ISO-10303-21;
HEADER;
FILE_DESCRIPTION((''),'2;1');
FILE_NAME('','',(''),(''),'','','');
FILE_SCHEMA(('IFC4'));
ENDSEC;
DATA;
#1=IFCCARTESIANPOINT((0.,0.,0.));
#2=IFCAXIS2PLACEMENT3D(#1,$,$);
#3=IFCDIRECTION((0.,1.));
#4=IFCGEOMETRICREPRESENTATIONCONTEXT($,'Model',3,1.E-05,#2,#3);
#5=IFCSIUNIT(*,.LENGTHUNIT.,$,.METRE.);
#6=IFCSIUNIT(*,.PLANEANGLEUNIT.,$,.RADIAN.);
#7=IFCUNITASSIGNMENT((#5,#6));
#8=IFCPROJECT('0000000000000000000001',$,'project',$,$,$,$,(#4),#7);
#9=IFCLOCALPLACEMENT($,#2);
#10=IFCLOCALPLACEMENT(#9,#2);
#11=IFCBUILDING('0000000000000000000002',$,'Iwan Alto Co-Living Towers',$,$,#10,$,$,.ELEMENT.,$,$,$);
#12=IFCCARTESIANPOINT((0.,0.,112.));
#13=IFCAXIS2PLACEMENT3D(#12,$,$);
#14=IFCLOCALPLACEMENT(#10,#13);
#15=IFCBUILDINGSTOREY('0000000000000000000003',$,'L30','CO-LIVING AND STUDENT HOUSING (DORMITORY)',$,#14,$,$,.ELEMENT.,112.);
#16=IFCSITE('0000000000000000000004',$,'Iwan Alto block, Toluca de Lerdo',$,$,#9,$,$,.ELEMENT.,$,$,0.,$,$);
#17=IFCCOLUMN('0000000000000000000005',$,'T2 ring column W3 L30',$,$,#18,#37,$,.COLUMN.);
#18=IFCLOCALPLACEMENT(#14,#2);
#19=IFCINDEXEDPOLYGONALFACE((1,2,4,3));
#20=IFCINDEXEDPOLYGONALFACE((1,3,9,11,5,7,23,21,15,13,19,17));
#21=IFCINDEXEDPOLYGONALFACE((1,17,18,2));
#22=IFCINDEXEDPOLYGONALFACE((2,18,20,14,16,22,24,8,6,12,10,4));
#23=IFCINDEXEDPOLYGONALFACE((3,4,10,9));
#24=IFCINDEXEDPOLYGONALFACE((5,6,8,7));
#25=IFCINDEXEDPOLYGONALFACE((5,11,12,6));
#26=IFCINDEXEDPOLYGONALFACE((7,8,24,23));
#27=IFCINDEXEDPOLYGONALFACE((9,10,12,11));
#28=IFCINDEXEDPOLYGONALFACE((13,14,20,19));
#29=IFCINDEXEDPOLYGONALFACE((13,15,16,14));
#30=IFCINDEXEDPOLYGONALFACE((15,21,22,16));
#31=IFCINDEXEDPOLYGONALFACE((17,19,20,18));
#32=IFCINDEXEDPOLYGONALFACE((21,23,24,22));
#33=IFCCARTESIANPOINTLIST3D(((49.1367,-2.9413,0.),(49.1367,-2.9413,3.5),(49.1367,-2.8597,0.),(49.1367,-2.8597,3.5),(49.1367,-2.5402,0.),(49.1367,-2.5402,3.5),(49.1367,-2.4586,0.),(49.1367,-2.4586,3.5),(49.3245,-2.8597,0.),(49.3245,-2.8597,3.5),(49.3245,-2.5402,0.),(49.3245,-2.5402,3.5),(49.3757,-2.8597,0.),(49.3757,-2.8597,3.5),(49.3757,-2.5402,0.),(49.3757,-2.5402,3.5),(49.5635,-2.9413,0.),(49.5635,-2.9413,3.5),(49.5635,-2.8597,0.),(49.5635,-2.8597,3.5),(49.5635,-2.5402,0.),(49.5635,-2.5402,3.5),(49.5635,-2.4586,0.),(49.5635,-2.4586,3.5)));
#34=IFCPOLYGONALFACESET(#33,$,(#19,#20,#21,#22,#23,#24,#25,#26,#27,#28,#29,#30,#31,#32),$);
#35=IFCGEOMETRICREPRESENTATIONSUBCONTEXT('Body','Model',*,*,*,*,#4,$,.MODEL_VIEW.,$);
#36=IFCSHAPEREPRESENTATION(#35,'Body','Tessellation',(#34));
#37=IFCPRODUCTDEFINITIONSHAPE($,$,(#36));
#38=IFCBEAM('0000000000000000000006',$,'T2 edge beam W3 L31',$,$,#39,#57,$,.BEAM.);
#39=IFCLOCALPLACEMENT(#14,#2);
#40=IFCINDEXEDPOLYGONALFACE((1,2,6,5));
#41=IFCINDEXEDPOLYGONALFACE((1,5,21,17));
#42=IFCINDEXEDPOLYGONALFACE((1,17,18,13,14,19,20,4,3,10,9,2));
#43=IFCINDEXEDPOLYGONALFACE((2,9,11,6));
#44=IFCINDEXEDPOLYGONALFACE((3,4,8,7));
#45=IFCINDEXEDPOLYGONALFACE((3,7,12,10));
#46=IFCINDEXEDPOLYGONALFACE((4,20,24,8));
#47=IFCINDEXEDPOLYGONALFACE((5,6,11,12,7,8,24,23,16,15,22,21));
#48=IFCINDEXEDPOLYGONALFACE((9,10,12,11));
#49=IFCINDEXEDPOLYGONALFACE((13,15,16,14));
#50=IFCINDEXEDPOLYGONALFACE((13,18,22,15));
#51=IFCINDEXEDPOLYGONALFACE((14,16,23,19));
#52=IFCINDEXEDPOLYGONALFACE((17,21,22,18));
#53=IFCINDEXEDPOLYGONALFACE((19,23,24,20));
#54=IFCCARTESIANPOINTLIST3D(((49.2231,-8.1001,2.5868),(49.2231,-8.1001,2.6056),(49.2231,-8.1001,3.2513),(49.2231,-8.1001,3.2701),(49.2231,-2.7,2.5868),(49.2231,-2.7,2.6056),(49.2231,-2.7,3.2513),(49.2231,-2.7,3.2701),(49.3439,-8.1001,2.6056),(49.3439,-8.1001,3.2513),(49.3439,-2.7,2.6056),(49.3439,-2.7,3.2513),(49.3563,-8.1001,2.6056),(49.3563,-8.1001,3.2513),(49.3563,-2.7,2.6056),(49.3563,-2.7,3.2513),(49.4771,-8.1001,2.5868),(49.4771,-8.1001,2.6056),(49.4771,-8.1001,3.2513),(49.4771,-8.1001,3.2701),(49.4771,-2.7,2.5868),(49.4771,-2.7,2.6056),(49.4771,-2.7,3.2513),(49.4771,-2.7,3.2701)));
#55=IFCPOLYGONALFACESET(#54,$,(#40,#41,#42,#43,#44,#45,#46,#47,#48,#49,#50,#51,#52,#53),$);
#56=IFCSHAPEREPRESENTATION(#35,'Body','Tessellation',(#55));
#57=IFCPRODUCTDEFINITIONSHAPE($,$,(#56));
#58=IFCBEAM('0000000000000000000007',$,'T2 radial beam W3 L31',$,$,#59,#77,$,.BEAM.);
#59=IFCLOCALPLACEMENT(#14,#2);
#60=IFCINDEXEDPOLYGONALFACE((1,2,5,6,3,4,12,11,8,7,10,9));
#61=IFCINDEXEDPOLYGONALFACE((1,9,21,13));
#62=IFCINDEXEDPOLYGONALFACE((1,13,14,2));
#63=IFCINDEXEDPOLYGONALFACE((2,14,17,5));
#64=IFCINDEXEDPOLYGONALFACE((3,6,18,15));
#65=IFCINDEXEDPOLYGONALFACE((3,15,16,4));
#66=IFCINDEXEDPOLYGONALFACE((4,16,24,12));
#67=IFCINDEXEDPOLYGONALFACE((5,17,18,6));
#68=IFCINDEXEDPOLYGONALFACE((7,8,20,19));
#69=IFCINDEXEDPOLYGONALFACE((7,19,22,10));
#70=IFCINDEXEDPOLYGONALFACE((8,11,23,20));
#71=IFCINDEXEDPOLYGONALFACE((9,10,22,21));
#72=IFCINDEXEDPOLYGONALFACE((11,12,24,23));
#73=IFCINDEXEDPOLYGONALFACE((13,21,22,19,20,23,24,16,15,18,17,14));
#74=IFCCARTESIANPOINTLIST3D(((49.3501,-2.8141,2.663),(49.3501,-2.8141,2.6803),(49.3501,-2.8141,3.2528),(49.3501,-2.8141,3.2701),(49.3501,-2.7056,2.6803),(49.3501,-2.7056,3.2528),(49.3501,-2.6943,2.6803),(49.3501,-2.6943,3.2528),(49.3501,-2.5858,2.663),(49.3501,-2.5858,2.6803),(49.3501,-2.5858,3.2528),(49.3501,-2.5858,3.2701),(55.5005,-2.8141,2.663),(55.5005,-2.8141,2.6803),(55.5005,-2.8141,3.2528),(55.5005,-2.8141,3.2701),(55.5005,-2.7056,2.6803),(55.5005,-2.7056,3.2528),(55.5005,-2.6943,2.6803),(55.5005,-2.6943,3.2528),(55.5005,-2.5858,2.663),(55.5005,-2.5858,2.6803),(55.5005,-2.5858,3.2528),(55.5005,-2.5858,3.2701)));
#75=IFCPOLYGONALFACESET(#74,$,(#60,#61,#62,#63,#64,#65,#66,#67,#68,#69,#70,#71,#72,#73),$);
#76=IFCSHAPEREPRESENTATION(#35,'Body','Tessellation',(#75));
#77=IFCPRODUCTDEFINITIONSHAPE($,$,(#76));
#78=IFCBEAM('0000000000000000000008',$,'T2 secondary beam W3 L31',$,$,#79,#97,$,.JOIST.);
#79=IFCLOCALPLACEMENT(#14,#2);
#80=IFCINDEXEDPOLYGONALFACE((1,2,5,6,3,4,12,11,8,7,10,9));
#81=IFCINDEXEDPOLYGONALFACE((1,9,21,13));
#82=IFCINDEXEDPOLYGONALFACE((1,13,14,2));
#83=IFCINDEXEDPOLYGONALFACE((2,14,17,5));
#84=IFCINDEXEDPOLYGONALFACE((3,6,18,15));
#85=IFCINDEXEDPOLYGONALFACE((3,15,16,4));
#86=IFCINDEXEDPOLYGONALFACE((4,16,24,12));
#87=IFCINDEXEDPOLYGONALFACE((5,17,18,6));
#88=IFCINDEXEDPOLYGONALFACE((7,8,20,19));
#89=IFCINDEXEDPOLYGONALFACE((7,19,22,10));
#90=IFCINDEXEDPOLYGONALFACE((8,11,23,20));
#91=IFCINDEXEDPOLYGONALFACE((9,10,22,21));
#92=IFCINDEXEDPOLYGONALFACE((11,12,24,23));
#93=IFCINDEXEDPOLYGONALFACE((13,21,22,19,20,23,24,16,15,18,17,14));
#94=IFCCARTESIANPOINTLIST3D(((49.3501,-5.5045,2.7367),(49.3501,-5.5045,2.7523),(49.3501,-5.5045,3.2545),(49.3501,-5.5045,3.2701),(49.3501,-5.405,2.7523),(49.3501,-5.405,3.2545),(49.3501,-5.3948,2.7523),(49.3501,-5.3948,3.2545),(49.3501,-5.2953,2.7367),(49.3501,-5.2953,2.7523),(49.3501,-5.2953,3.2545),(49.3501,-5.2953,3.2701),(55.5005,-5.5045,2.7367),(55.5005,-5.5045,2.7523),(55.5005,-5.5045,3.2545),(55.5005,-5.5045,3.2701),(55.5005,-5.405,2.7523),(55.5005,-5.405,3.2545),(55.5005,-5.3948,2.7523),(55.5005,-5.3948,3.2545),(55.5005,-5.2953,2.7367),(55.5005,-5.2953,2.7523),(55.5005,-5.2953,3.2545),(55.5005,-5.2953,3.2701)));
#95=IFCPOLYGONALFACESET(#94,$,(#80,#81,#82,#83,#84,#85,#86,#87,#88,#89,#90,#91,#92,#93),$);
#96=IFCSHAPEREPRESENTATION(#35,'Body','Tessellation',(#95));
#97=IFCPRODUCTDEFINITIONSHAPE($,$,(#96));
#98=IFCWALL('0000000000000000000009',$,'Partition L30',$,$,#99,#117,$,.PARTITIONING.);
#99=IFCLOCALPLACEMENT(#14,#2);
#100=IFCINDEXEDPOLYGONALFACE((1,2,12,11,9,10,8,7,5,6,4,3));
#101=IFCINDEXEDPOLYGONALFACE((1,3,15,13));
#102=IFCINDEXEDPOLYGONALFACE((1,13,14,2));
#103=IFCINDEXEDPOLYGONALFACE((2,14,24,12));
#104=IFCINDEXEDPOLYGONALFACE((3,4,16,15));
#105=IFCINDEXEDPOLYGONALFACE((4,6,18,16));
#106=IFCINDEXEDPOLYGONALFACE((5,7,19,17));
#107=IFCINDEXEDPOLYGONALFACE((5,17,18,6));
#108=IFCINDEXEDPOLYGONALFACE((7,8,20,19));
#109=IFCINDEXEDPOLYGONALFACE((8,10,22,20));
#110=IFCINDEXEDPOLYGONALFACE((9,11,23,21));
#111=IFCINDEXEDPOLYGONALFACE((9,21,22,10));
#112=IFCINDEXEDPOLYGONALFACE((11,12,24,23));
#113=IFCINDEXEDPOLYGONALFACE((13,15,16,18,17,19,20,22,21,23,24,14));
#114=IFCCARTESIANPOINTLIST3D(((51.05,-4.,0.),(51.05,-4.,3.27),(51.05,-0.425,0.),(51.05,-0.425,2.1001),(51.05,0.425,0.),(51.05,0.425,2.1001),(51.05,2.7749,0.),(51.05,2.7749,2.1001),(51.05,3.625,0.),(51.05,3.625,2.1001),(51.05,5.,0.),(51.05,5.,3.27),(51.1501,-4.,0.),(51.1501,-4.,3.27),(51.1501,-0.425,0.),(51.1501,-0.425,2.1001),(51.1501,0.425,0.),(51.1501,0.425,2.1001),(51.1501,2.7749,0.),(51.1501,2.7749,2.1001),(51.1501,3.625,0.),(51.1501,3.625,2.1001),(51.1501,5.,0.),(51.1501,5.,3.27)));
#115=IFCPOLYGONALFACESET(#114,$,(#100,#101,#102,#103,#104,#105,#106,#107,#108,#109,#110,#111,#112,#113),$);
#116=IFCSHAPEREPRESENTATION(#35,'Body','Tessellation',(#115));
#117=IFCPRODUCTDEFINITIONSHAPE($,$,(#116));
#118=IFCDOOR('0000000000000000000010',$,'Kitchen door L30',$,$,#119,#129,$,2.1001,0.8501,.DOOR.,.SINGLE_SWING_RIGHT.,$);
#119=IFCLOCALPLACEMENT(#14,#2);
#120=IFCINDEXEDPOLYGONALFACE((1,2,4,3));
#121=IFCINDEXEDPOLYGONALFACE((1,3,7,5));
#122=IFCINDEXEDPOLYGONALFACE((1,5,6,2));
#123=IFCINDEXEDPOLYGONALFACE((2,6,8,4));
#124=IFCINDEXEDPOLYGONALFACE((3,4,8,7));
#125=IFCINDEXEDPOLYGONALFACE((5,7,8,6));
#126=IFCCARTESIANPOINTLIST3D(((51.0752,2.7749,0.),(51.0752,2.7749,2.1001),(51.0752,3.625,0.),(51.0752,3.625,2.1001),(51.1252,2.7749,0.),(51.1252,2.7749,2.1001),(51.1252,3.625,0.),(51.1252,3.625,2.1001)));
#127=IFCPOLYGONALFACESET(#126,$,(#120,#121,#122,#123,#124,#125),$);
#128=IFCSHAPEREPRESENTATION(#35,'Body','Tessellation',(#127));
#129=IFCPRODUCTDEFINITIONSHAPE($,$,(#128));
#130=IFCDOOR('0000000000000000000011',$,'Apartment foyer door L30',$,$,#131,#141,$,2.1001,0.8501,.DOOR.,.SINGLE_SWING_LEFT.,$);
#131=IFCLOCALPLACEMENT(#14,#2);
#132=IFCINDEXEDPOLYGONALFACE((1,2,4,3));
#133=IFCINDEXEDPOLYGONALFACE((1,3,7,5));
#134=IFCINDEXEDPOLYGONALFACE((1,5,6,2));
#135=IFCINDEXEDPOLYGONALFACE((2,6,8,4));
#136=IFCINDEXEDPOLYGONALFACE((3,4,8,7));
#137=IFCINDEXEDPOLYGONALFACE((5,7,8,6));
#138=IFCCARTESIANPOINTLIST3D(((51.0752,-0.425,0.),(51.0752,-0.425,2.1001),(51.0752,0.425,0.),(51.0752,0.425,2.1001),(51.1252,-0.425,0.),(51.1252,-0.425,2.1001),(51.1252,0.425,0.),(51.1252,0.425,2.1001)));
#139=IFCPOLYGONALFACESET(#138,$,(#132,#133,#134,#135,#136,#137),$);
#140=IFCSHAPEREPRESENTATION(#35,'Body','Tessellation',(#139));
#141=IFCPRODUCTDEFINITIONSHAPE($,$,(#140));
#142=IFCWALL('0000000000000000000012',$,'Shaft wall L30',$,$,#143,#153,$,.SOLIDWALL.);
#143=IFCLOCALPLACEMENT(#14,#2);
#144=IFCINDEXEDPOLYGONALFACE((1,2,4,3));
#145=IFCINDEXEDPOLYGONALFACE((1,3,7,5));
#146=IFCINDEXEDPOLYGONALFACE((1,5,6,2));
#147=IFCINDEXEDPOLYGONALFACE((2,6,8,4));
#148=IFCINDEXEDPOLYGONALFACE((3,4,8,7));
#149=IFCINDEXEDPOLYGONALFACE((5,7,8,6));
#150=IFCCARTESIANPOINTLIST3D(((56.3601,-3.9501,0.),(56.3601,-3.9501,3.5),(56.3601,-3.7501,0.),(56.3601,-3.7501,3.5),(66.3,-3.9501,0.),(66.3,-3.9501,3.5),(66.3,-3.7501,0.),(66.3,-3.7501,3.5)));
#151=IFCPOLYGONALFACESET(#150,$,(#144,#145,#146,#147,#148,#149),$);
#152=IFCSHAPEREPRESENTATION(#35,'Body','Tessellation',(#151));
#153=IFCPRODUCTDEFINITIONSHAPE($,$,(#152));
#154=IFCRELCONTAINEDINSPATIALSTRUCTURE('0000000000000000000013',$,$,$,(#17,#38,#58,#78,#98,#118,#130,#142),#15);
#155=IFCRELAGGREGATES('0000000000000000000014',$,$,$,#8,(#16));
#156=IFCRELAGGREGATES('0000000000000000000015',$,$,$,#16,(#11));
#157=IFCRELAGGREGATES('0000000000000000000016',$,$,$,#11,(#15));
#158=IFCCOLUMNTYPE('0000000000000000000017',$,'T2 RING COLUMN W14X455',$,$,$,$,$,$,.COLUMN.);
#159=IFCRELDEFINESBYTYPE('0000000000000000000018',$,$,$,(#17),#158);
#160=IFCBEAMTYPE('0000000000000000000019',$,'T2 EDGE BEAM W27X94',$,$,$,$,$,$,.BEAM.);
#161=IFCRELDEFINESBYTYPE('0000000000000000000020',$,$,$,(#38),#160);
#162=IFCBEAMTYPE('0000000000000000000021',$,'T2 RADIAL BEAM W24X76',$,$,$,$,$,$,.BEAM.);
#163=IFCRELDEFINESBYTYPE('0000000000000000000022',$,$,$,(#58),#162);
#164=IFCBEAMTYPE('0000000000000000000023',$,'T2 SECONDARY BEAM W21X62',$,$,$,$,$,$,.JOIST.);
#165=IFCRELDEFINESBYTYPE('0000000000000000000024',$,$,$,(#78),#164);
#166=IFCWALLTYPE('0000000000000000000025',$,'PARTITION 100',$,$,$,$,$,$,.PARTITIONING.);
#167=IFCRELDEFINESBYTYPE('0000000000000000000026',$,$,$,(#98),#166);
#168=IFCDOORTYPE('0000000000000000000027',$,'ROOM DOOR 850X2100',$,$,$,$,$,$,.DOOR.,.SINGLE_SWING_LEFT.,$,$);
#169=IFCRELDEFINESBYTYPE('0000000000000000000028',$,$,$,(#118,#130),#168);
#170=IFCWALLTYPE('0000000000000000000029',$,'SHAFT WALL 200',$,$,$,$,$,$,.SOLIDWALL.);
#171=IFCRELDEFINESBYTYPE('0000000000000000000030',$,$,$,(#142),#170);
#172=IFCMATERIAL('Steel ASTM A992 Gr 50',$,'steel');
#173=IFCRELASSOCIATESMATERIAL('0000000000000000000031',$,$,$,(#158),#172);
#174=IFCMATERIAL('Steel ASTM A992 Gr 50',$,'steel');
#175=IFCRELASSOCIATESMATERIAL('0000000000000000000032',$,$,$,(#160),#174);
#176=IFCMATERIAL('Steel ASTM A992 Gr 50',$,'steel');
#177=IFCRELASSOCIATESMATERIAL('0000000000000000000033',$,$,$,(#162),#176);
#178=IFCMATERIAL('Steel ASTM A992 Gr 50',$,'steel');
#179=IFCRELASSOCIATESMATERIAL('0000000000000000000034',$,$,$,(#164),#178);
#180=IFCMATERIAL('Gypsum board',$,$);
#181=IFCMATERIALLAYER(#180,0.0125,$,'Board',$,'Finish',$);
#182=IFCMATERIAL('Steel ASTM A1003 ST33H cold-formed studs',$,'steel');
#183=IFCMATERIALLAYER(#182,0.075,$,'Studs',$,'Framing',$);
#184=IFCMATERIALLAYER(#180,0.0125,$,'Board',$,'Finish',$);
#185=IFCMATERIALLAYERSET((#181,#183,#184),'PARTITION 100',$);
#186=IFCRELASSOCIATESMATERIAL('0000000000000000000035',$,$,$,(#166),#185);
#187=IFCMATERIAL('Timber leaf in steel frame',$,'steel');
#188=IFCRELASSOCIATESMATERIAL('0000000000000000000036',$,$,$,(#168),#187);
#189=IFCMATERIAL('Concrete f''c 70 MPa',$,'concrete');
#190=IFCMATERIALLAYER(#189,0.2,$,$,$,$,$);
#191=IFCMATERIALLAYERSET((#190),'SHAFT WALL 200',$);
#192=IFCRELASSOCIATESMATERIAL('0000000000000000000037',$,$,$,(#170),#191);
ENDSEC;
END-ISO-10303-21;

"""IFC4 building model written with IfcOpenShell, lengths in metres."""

from ifc_helpers import new_model, si_unit, direction, frame, frame_2d, origin, origin_2d, place, context, subcontext, project, spatial, rectangle, i_section, extrude, material, layer, layer_set, material_profile, profile_set, type_object, element, fill, save


model = new_model("IFC4")

# Units and contexts
model_context = context("Model", 3, precision=1e-05, world=origin(), true_north=direction((0.0, 1.0)))
body_context = subcontext(model_context, "Body", "Model", "MODEL_VIEW")
ifc_project = project(units=[si_unit("LENGTHUNIT", "METRE"), si_unit("PLANEANGLEUNIT", "RADIAN")], contexts=[model_context])

# Site, building, storey
site_placement = place(None, origin())
site = spatial("IfcSite", under=ifc_project, at=site_placement, Name="Iwan Alto block, Toluca de Lerdo", CompositionType="ELEMENT", RefElevation=0.0)
building_placement = place(site_placement, origin())
building = spatial("IfcBuilding", under=site, at=building_placement, Name="Iwan Alto Co-Living Towers", CompositionType="ELEMENT")
storey_placement = place(building_placement, frame((0.0, 0.0, 112.0)))
storey = spatial("IfcBuildingStorey", under=building, at=storey_placement, Name="L30", Description="CO-LIVING AND STUDENT HOUSING (DORMITORY)", CompositionType="ELEMENT", Elevation=112.0)

# Column
ifc_material_1 = material(Name="Steel ASTM A992 Gr 50", Category="steel")
ifc_material_profile_1 = material_profile(ifc_material_1, i_section(OverallWidth=0.4268, OverallDepth=0.4827, WebThickness=0.0513, FlangeThickness=0.0815, at=origin_2d()), Name="W14X455")
ifc_profile_set_1 = profile_set([ifc_material_profile_1], Name="Steel ASTM A992 Gr 50")
column_type = type_object("IfcColumnType", Name="T2 RING COLUMN W14X455", PredefinedType="COLUMN", material=ifc_profile_set_1)
column_placement = place(storey_placement, frame((49.3501, -2.7, 0.0), z_axis=(0.0, 0.0, 1.0), x_axis=(1.0, 0.0, 0.0)))
element("IfcColumn", 1, at=column_placement, inside=storey, type_object=column_type, Name="T2 ring column W3 L30", PredefinedType="COLUMN", context=body_context, shape_type="SweptSolid", body=[
    extrude(i_section(OverallWidth=0.4268, OverallDepth=0.4827, WebThickness=0.0513, FlangeThickness=0.0815, at=origin_2d()), origin(), (0.0, 0.0, 1.0), 3.5),
])

# Beams
ifc_material_2 = material(Name="Steel ASTM A992 Gr 50", Category="steel")
ifc_material_profile_2 = material_profile(ifc_material_2, i_section(OverallWidth=0.2539, OverallDepth=0.6833, WebThickness=0.0125, FlangeThickness=0.0188, at=origin_2d()), Name="W27X94")
ifc_profile_set_2 = profile_set([ifc_material_profile_2], Name="Steel ASTM A992 Gr 50")
beam_type_1 = type_object("IfcBeamType", Name="T2 EDGE BEAM W27X94", PredefinedType="BEAM", material=ifc_profile_set_2)
beam_1_placement = place(storey_placement, frame((49.3501, -2.7, 2.9285), z_axis=(0.0, -1.0, 0.0), x_axis=(1.0, 0.0, 0.0)))
element("IfcBeam", 2, at=beam_1_placement, inside=storey, type_object=beam_type_1, Name="T2 edge beam W3 L31", PredefinedType="BEAM", context=body_context, shape_type="SweptSolid", body=[
    extrude(i_section(OverallWidth=0.2539, OverallDepth=0.6833, WebThickness=0.0125, FlangeThickness=0.0188, at=origin_2d()), origin(), (0.0, 0.0, 1.0), 5.4001),
])
ifc_material_3 = material(Name="Steel ASTM A992 Gr 50", Category="steel")
ifc_material_profile_3 = material_profile(ifc_material_3, i_section(OverallWidth=0.2283, OverallDepth=0.6072, WebThickness=0.0112, FlangeThickness=0.0173, at=origin_2d()), Name="W24X76")
ifc_profile_set_3 = profile_set([ifc_material_profile_3], Name="Steel ASTM A992 Gr 50")
beam_type_2 = type_object("IfcBeamType", Name="T2 RADIAL BEAM W24X76", PredefinedType="BEAM", material=ifc_profile_set_3)
beam_2_placement = place(storey_placement, frame((49.3501, -2.7, 2.9666), z_axis=(1.0, 0.0, 0.0), x_axis=(0.0, 1.0, 0.0)))
element("IfcBeam", 3, at=beam_2_placement, inside=storey, type_object=beam_type_2, Name="T2 radial beam W3 L31", PredefinedType="BEAM", context=body_context, shape_type="SweptSolid", body=[
    extrude(i_section(OverallWidth=0.2283, OverallDepth=0.6072, WebThickness=0.0112, FlangeThickness=0.0173, at=origin_2d()), origin(), (0.0, 0.0, 1.0), 6.1504),
])
ifc_material_4 = material(Name="Steel ASTM A992 Gr 50", Category="steel")
ifc_material_profile_4 = material_profile(ifc_material_4, i_section(OverallWidth=0.2092, OverallDepth=0.5334, WebThickness=0.0103, FlangeThickness=0.0156, at=origin_2d()), Name="W21X62")
ifc_profile_set_4 = profile_set([ifc_material_profile_4], Name="Steel ASTM A992 Gr 50")
beam_type_3 = type_object("IfcBeamType", Name="T2 SECONDARY BEAM W21X62", PredefinedType="JOIST", material=ifc_profile_set_4)
beam_3_placement = place(storey_placement, frame((49.3501, -5.3999, 3.0034), z_axis=(1.0, 0.0, 0.0), x_axis=(0.0, 1.0, 0.0)))
element("IfcBeam", 4, at=beam_3_placement, inside=storey, type_object=beam_type_3, Name="T2 secondary beam W3 L31", PredefinedType="JOIST", context=body_context, shape_type="SweptSolid", body=[
    extrude(i_section(OverallWidth=0.2092, OverallDepth=0.5334, WebThickness=0.0103, FlangeThickness=0.0156, at=origin_2d()), origin(), (0.0, 0.0, 1.0), 6.1504),
])

# Wall, openings, doors
ifc_material_5 = material(Name="Gypsum board")
ifc_layer_1 = layer(ifc_material_5, 0.0125, Name="Board", Category="Finish")
ifc_material_6 = material(Name="Steel ASTM A1003 ST33H cold-formed studs", Category="steel")
ifc_layer_2 = layer(ifc_material_6, 0.075, Name="Studs", Category="Framing")
ifc_layer_3 = layer(ifc_material_5, 0.0125, Name="Board", Category="Finish")
ifc_layer_set_1 = layer_set([ifc_layer_1, ifc_layer_2, ifc_layer_3], Name="PARTITION 100")
wall_type_1 = type_object("IfcWallType", Name="PARTITION 100", PredefinedType="PARTITIONING", material=ifc_layer_set_1)
wall_1_placement = place(storey_placement, frame((51.1001, -4.0, 0.0), z_axis=(0.0, 0.0, 1.0), x_axis=(0.0, 1.0, 0.0)))
wall_1 = element("IfcWall", 5, at=wall_1_placement, inside=storey, type_object=wall_type_1, Name="Partition L30", PredefinedType="PARTITIONING", context=body_context, shape_type="SweptSolid", body=[
    extrude(rectangle(XDim=9.0, YDim=0.1001, at=frame_2d((4.5, 0.0))), origin(), (0.0, 0.0, 1.0), 3.27),
])
opening_1_placement = place(wall_1_placement, frame((6.7749, 0.0, 0.0)))
opening_1 = element("IfcOpeningElement", 6, at=opening_1_placement, cuts=wall_1, PredefinedType="OPENING", context=body_context, shape_type="SweptSolid", body=[
    extrude(rectangle(XDim=0.8501, YDim=2.1001, at=frame_2d((0.425, 1.05))), frame((0.0, 0.0601, 0.0), z_axis=(0.0, -1.0, 0.0), x_axis=(1.0, 0.0, 0.0)), (0.0, 0.0, 1.0), 0.1201),
])
opening_2_placement = place(wall_1_placement, frame((3.575, 0.0, 0.0)))
opening_2 = element("IfcOpeningElement", 7, at=opening_2_placement, cuts=wall_1, PredefinedType="OPENING", context=body_context, shape_type="SweptSolid", body=[
    extrude(rectangle(XDim=0.8501, YDim=2.1001, at=frame_2d((0.425, 1.05))), frame((0.0, 0.0601, 0.0), z_axis=(0.0, -1.0, 0.0), x_axis=(1.0, 0.0, 0.0)), (0.0, 0.0, 1.0), 0.1201),
])
ifc_material_7 = material(Name="Timber leaf in steel frame", Category="steel")
door_type_1 = type_object("IfcDoorType", Name="ROOM DOOR 850X2100", OperationType="SINGLE_SWING_LEFT", PredefinedType="DOOR", material=ifc_material_7)
door_1_placement = place(opening_1_placement, origin())
door_1 = element("IfcDoor", 8, at=door_1_placement, inside=storey, type_object=door_type_1, Name="Kitchen door L30", OperationType="SINGLE_SWING_RIGHT", OverallHeight=2.1001, OverallWidth=0.8501, PredefinedType="DOOR", context=body_context, shape_type="SweptSolid", body=[
    extrude(rectangle(XDim=0.8501, YDim=2.1001, at=frame_2d((0.425, 1.05))), frame((0.0, 0.0249, 0.0), z_axis=(0.0, -1.0, 0.0), x_axis=(1.0, 0.0, 0.0)), (0.0, 0.0, 1.0), 0.05),
])
fill(opening_1, door_1)
door_2_placement = place(opening_2_placement, origin())
door_2 = element("IfcDoor", 9, at=door_2_placement, inside=storey, type_object=door_type_1, Name="Apartment foyer door L30", OperationType="SINGLE_SWING_LEFT", OverallHeight=2.1001, OverallWidth=0.8501, PredefinedType="DOOR", context=body_context, shape_type="SweptSolid", body=[
    extrude(rectangle(XDim=0.8501, YDim=2.1001, at=frame_2d((0.425, 1.05))), frame((0.0, 0.0249, 0.0), z_axis=(0.0, -1.0, 0.0), x_axis=(1.0, 0.0, 0.0)), (0.0, 0.0, 1.0), 0.05),
])
fill(opening_2, door_2)

# Wall
ifc_material_8 = material(Name="Concrete f'c 70 MPa", Category="concrete")
ifc_layer_4 = layer(ifc_material_8, 0.2)
ifc_layer_set_2 = layer_set([ifc_layer_4], Name="SHAFT WALL 200")
wall_type_2 = type_object("IfcWallType", Name="SHAFT WALL 200", PredefinedType="SOLIDWALL", material=ifc_layer_set_2)
wall_2_placement = place(storey_placement, frame((56.3601, -3.8501, 0.0), z_axis=(0.0, 0.0, 1.0), x_axis=(1.0, 0.0, 0.0)))
element("IfcWall", 10, at=wall_2_placement, inside=storey, type_object=wall_type_2, Name="Shaft wall L30", PredefinedType="SOLIDWALL", context=body_context, shape_type="SweptSolid", body=[
    extrude(rectangle(XDim=9.9399, YDim=0.2, at=frame_2d((4.97, 0.0))), origin(), (0.0, 0.0, 1.0), 3.5),
])

save(model, "model.ifc")
